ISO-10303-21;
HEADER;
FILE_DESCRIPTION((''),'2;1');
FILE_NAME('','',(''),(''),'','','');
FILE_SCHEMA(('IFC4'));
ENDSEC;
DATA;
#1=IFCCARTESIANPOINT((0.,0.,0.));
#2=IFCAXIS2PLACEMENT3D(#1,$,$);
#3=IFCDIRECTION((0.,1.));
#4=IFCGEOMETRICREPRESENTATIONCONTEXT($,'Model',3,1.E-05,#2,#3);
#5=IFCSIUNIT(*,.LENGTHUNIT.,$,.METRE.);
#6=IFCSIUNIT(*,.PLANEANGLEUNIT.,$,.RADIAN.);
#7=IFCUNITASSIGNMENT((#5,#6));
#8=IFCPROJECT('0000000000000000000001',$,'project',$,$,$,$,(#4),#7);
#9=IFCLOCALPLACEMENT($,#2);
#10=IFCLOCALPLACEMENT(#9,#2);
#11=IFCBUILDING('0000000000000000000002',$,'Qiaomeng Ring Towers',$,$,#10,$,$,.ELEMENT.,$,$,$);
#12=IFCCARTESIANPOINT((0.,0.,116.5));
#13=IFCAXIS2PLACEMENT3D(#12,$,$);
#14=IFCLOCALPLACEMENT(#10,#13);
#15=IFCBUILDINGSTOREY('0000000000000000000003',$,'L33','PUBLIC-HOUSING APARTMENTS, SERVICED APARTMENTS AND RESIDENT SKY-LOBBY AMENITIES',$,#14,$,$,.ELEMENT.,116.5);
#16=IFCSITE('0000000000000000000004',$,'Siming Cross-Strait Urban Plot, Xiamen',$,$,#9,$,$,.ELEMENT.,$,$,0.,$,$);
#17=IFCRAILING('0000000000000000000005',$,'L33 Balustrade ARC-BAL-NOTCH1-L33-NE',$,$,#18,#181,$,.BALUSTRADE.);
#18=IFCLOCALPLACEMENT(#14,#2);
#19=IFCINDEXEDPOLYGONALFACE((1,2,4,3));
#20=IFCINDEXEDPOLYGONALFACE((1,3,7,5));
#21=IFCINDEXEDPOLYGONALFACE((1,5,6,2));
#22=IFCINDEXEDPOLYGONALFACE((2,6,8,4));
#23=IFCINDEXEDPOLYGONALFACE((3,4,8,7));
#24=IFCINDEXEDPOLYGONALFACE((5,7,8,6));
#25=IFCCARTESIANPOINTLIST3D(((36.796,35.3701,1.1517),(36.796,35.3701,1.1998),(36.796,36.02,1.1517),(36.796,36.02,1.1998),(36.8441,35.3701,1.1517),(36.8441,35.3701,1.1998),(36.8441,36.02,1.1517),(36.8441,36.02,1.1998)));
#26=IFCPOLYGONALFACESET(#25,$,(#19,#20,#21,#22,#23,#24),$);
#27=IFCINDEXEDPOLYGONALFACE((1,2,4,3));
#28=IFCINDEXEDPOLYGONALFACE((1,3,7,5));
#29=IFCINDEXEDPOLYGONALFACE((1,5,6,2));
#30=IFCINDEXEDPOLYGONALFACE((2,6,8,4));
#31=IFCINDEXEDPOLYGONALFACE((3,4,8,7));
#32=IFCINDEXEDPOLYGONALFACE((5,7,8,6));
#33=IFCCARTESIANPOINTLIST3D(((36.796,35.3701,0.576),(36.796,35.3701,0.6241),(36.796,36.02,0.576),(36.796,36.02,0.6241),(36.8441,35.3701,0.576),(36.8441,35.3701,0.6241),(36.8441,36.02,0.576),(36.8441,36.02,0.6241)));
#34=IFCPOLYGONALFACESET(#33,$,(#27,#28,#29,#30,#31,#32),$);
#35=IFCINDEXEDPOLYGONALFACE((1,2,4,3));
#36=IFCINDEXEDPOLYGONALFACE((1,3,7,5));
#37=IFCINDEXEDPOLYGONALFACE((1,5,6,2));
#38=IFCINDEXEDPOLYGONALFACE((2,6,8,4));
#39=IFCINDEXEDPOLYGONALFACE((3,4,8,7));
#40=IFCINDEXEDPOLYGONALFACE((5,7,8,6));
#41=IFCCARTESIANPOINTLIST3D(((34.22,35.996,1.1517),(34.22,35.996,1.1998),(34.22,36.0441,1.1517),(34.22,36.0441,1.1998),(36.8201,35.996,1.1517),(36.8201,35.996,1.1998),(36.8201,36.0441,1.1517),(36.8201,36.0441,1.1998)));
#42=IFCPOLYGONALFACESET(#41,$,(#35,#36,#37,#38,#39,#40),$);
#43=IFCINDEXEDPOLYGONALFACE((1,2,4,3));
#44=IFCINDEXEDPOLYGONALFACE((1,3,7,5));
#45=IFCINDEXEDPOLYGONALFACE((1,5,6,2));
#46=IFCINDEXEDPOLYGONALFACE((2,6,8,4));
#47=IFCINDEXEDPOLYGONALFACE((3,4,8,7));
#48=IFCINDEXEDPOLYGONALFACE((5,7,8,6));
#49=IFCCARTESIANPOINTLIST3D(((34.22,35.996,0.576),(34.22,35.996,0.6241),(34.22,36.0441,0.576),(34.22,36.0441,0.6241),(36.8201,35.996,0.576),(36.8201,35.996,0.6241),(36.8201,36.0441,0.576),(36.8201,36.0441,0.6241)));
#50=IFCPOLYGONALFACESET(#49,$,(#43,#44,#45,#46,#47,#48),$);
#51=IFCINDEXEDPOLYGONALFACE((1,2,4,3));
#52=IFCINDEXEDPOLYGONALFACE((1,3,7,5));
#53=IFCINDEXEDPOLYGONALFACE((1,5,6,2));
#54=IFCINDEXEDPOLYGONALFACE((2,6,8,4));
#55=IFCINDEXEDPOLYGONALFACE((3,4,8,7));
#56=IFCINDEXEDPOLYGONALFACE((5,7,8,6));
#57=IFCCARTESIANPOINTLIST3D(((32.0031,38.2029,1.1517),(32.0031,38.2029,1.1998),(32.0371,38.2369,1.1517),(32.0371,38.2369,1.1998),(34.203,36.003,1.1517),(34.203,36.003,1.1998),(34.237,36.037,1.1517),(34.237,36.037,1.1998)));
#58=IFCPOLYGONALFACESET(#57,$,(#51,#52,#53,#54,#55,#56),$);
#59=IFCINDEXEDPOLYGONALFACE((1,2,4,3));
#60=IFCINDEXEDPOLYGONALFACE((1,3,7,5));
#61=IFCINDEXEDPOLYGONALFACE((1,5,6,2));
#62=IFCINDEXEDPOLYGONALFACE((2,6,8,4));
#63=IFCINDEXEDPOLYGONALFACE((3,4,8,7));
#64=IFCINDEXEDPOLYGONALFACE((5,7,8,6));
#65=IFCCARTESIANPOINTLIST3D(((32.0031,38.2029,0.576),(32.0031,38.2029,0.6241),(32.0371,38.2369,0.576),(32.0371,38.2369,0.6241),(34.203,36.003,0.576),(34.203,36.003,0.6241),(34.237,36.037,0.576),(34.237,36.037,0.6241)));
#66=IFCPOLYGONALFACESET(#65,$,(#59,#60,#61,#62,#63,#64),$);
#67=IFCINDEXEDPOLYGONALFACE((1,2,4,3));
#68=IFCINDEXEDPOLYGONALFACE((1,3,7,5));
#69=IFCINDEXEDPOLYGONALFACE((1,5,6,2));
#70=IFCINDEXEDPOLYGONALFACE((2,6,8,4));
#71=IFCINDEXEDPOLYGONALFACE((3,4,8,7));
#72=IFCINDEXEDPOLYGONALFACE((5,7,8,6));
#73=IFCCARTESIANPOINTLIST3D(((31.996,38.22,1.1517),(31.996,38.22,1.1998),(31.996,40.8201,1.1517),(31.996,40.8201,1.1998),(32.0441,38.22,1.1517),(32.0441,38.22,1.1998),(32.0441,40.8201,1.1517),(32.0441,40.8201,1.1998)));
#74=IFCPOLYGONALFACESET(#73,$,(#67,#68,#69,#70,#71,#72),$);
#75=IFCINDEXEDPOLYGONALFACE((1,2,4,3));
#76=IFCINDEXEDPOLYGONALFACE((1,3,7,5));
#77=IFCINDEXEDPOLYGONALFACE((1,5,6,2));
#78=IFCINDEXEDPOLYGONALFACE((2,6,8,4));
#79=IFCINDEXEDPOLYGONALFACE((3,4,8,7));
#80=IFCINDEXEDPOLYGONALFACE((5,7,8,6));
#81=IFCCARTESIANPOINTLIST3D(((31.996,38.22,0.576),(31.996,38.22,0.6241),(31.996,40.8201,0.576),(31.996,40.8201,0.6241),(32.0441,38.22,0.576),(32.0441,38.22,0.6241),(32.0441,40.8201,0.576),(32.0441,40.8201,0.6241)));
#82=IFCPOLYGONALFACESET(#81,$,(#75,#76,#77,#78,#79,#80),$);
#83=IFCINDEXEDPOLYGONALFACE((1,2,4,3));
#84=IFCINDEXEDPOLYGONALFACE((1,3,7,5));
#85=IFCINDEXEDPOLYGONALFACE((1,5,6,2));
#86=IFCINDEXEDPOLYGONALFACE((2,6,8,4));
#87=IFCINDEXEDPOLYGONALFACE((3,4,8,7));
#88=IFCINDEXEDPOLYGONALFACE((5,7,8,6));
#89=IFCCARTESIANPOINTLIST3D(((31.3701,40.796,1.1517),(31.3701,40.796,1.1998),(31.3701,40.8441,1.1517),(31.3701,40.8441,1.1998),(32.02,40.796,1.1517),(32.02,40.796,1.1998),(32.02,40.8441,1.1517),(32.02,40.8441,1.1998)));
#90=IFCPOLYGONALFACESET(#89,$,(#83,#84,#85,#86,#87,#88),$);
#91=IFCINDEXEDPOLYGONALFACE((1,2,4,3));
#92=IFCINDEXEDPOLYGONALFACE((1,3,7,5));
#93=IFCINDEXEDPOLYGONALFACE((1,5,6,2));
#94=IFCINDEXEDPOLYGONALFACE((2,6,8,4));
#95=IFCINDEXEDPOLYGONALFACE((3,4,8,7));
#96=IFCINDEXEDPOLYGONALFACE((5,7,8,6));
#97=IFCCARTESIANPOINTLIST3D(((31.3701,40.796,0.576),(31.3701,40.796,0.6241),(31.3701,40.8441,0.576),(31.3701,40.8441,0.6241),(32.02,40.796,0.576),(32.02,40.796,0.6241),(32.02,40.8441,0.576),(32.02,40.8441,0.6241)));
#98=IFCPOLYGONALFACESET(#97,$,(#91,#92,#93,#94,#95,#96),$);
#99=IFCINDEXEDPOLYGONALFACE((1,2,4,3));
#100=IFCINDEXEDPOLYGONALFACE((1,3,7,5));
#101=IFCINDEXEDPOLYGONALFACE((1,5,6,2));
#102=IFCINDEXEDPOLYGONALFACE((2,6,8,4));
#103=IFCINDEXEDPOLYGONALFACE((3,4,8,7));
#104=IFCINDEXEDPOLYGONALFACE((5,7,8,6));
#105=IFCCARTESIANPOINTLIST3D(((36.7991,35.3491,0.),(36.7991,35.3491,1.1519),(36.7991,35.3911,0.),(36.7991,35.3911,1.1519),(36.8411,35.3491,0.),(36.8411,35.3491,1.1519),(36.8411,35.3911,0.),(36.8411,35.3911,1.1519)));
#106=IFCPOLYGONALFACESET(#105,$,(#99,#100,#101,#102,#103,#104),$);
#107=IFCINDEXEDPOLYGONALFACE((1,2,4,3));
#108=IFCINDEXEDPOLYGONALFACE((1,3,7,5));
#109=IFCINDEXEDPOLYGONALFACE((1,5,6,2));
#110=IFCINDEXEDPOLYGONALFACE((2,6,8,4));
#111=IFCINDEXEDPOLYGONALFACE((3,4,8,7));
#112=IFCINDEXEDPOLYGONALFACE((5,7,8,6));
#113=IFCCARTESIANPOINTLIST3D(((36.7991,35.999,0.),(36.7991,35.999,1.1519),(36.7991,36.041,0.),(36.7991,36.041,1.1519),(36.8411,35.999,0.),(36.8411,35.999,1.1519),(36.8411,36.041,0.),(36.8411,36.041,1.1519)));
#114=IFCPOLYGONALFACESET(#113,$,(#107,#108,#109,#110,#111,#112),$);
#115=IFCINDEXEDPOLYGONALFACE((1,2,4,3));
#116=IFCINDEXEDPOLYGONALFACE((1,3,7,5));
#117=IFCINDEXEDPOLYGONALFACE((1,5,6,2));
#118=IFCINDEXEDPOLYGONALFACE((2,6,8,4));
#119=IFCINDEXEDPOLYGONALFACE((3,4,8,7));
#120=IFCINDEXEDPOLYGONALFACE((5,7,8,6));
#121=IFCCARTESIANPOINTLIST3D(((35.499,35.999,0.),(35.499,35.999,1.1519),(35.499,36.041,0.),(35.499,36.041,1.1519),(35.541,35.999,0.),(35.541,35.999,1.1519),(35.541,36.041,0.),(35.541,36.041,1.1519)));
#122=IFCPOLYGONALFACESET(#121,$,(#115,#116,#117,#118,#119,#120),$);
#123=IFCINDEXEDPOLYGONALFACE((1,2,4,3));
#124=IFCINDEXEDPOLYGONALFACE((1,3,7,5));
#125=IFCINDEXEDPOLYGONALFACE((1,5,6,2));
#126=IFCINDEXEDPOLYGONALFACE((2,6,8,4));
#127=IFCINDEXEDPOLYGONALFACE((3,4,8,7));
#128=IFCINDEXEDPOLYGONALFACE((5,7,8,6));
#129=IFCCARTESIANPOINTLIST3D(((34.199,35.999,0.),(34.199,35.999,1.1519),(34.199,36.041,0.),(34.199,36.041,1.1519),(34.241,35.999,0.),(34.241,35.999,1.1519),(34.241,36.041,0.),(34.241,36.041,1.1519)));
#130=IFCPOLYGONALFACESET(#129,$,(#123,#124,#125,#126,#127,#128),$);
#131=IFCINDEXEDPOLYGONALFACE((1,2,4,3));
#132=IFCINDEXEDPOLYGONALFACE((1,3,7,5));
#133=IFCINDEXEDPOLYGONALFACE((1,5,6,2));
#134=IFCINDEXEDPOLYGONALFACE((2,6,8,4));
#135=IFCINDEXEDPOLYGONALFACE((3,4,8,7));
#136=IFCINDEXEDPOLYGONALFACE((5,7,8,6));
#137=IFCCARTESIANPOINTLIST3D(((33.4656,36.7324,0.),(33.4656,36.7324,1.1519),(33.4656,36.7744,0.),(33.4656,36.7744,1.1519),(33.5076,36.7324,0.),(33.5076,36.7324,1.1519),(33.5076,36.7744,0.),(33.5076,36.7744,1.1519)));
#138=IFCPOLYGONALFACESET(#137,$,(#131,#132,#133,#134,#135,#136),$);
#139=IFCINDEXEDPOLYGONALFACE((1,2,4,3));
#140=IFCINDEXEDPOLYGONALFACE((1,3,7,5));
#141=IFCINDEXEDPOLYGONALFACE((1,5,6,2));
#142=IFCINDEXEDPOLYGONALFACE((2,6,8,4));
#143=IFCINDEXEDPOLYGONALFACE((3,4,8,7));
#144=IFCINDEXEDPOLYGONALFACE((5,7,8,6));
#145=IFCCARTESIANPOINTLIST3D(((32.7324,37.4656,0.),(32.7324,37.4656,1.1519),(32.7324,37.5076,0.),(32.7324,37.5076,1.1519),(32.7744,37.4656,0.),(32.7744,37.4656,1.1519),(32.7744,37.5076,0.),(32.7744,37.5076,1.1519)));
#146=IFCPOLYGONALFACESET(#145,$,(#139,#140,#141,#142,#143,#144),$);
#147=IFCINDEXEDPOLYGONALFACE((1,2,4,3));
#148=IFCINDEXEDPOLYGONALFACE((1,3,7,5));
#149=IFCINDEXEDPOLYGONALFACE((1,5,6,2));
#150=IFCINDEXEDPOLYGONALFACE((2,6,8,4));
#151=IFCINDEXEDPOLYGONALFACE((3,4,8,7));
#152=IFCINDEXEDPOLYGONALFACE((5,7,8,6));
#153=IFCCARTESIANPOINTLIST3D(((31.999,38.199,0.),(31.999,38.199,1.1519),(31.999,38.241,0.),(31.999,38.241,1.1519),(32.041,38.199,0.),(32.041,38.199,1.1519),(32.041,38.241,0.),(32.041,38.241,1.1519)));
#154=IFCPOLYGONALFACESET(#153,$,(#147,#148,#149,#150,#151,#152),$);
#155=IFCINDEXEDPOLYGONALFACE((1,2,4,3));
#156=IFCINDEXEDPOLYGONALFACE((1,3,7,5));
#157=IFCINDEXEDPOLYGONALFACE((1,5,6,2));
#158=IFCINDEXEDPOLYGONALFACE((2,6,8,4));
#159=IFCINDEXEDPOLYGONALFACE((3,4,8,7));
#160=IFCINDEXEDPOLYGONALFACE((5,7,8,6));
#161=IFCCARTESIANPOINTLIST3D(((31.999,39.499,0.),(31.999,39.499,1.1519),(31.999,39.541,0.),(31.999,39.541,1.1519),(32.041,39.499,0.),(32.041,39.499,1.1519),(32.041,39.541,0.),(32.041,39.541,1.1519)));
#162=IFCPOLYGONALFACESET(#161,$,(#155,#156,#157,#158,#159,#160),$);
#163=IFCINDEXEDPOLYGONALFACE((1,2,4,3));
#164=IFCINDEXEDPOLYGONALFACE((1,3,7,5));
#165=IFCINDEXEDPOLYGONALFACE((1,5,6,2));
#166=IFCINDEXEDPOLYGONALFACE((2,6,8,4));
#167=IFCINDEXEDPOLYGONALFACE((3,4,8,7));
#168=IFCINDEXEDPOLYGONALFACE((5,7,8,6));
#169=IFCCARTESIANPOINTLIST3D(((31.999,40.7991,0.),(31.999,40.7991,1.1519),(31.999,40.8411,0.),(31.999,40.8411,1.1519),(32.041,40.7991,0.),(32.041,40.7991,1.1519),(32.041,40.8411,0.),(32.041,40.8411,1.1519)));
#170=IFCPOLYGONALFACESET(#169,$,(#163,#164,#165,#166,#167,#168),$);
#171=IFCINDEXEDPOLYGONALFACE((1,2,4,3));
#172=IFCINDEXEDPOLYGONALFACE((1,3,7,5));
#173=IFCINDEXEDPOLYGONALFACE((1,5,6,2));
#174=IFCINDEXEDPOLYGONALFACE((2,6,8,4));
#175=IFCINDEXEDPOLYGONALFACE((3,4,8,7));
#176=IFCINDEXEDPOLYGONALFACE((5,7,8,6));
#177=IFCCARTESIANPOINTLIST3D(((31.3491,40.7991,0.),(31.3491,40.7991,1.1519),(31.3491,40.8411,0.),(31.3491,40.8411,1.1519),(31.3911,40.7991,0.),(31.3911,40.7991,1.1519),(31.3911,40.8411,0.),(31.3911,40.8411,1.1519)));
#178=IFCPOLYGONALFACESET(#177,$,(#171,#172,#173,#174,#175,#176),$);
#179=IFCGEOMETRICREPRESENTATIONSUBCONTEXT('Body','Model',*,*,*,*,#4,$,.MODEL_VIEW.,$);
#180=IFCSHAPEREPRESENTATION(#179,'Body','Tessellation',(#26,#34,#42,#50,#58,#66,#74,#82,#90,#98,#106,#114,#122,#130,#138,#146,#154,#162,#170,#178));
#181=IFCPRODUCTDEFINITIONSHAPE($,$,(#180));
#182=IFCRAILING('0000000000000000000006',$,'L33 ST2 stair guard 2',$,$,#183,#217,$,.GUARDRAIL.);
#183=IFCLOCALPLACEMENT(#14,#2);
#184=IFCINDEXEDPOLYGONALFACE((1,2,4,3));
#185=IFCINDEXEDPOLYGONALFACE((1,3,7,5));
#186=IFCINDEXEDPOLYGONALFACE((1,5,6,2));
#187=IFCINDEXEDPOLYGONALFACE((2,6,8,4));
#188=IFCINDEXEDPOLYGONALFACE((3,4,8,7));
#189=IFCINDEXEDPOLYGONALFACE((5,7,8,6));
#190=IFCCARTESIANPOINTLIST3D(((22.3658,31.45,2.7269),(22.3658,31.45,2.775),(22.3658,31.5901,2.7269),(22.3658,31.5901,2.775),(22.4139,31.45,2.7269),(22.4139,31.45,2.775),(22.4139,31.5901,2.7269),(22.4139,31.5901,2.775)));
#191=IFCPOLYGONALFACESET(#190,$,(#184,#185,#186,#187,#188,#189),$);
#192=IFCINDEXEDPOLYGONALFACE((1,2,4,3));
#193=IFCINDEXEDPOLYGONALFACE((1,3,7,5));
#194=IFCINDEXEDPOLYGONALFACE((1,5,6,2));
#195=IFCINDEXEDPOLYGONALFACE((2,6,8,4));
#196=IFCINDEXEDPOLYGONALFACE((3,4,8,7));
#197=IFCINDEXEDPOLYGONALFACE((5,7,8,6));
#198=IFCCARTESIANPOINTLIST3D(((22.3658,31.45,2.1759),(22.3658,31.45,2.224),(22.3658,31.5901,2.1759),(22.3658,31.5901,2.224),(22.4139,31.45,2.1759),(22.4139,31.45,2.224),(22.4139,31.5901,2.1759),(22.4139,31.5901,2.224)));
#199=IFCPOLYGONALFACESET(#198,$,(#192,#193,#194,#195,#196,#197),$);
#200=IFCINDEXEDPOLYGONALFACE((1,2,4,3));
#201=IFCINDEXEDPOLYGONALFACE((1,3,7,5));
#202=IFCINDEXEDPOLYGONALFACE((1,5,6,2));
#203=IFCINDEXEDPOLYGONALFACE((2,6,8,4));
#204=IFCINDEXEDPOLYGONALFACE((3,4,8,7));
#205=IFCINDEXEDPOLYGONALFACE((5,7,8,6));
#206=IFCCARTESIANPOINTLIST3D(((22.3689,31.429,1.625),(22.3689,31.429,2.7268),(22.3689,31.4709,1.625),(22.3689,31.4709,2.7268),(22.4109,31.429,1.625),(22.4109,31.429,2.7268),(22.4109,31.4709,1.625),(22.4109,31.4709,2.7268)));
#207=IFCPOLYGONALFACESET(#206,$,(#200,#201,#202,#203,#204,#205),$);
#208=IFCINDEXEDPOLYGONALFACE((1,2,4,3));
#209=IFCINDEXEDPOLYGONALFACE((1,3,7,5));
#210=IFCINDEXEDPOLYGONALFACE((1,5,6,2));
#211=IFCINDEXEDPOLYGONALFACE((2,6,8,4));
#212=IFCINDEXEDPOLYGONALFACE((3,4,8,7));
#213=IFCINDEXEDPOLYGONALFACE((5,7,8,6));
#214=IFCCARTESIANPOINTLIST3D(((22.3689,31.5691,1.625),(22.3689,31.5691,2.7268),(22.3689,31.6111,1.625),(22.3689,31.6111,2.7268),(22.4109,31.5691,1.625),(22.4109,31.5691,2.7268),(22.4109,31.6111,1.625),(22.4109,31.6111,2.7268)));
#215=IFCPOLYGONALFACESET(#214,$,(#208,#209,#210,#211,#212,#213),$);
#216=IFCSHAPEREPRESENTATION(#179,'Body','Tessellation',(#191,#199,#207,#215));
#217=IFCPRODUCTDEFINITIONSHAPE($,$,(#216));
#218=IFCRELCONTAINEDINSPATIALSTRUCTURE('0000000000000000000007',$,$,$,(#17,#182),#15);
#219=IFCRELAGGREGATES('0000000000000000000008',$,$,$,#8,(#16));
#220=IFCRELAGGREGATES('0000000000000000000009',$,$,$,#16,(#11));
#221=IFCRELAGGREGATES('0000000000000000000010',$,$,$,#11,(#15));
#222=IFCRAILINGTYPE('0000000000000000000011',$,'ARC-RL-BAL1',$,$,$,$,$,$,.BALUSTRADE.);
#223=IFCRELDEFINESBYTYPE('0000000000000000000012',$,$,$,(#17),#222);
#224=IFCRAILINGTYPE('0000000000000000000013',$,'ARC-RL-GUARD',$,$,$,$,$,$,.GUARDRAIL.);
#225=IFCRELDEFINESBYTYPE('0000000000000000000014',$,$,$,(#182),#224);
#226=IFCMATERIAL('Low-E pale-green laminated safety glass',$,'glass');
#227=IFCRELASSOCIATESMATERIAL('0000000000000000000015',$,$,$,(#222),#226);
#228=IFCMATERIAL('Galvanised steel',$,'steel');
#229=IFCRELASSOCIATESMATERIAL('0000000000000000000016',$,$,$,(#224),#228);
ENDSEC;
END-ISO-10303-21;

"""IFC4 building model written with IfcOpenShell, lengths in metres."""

from ifc_helpers import new_model, si_unit, direction, frame, origin, origin_2d, place, context, subcontext, project, spatial, rectangle, extrude, material, type_object, element, save


model = new_model("IFC4")

# Units and contexts
model_context = context("Model", 3, precision=1e-05, world=origin(), true_north=direction((0.0, 1.0)))
body_context = subcontext(model_context, "Body", "Model", "MODEL_VIEW")
ifc_project = project(units=[si_unit("LENGTHUNIT", "METRE"), si_unit("PLANEANGLEUNIT", "RADIAN")], contexts=[model_context])

# Site, building, storey
site_placement = place(None, origin())
site = spatial("IfcSite", under=ifc_project, at=site_placement, Name="Siming Cross-Strait Urban Plot, Xiamen", CompositionType="ELEMENT", RefElevation=0.0)
building_placement = place(site_placement, origin())
building = spatial("IfcBuilding", under=site, at=building_placement, Name="Qiaomeng Ring Towers", CompositionType="ELEMENT")
storey_placement = place(building_placement, frame((0.0, 0.0, 116.5)))
storey = spatial("IfcBuildingStorey", under=building, at=storey_placement, Name="L33", Description="PUBLIC-HOUSING APARTMENTS, SERVICED APARTMENTS AND RESIDENT SKY-LOBBY AMENITIES", CompositionType="ELEMENT", Elevation=116.5)

# Railings
ifc_material_1 = material(Name="Low-E pale-green laminated safety glass", Category="glass")
railing_type_1 = type_object("IfcRailingType", Name="ARC-RL-BAL1", PredefinedType="BALUSTRADE", material=ifc_material_1)
railing_1_placement = place(storey_placement, frame((36.8201, 35.3701, 0.0)))
element("IfcRailing", 1, at=railing_1_placement, inside=storey, type_object=railing_type_1, Name="L33 Balustrade ARC-BAL-NOTCH1-L33-NE", PredefinedType="BALUSTRADE", context=body_context, shape_type="SweptSolid", body=[
    extrude(rectangle(XDim=0.0481, YDim=0.0481, at=origin_2d()), frame((0.0, 0.0, 1.1758), z_axis=(0.0, 1.0, 0.0), x_axis=(-1.0, 0.0, 0.0)), (0.0, 0.0, 1.0), 0.6499),
    extrude(rectangle(XDim=0.0481, YDim=0.0481, at=origin_2d()), frame((0.0, 0.0, 0.6001), z_axis=(0.0, 1.0, 0.0), x_axis=(-1.0, 0.0, 0.0)), (0.0, 0.0, 1.0), 0.6499),
    extrude(rectangle(XDim=0.0481, YDim=0.0481, at=origin_2d()), frame((0.0, 0.6499, 1.1758), z_axis=(-1.0, 0.0, 0.0), x_axis=(0.0, -1.0, 0.0)), (0.0, 0.0, 1.0), 2.6001),
    extrude(rectangle(XDim=0.0481, YDim=0.0481, at=origin_2d()), frame((0.0, 0.6499, 0.6001), z_axis=(-1.0, 0.0, 0.0), x_axis=(0.0, -1.0, 0.0)), (0.0, 0.0, 1.0), 2.6001),
    extrude(rectangle(XDim=0.0481, YDim=0.0481, at=origin_2d()), frame((-2.6001, 0.6499, 1.1758), z_axis=(-0.707107, 0.707107, 0.0), x_axis=(-0.707107, -0.707107, 0.0)), (0.0, 0.0, 1.0), 3.1111),
    extrude(rectangle(XDim=0.0481, YDim=0.0481, at=origin_2d()), frame((-2.6001, 0.6499, 0.6001), z_axis=(-0.707107, 0.707107, 0.0), x_axis=(-0.707107, -0.707107, 0.0)), (0.0, 0.0, 1.0), 3.1111),
    extrude(rectangle(XDim=0.0481, YDim=0.0481, at=origin_2d()), frame((-4.8, 2.8499, 1.1758), z_axis=(0.0, 1.0, 0.0), x_axis=(-1.0, 0.0, 0.0)), (0.0, 0.0, 1.0), 2.6001),
    extrude(rectangle(XDim=0.0481, YDim=0.0481, at=origin_2d()), frame((-4.8, 2.8499, 0.6001), z_axis=(0.0, 1.0, 0.0), x_axis=(-1.0, 0.0, 0.0)), (0.0, 0.0, 1.0), 2.6001),
    extrude(rectangle(XDim=0.0481, YDim=0.0481, at=origin_2d()), frame((-4.8, 5.45, 1.1758), z_axis=(-1.0, 0.0, 0.0), x_axis=(0.0, -1.0, 0.0)), (0.0, 0.0, 1.0), 0.6499),
    extrude(rectangle(XDim=0.0481, YDim=0.0481, at=origin_2d()), frame((-4.8, 5.45, 0.6001), z_axis=(-1.0, 0.0, 0.0), x_axis=(0.0, -1.0, 0.0)), (0.0, 0.0, 1.0), 0.6499),
    extrude(rectangle(XDim=0.042, YDim=0.042, at=origin_2d()), origin(), (0.0, 0.0, 1.0), 1.1519),
    extrude(rectangle(XDim=0.042, YDim=0.042, at=origin_2d()), frame((0.0, 0.6499, 0.0)), (0.0, 0.0, 1.0), 1.1519),
    extrude(rectangle(XDim=0.042, YDim=0.042, at=origin_2d()), frame((-1.3, 0.6499, 0.0)), (0.0, 0.0, 1.0), 1.1519),
    extrude(rectangle(XDim=0.042, YDim=0.042, at=origin_2d()), frame((-2.6001, 0.6499, 0.0)), (0.0, 0.0, 1.0), 1.1519),
    extrude(rectangle(XDim=0.042, YDim=0.042, at=origin_2d()), frame((-3.3335, 1.3833, 0.0)), (0.0, 0.0, 1.0), 1.1519),
    extrude(rectangle(XDim=0.042, YDim=0.042, at=origin_2d()), frame((-4.0667, 2.1165, 0.0)), (0.0, 0.0, 1.0), 1.1519),
    extrude(rectangle(XDim=0.042, YDim=0.042, at=origin_2d()), frame((-4.8, 2.8499, 0.0)), (0.0, 0.0, 1.0), 1.1519),
    extrude(rectangle(XDim=0.042, YDim=0.042, at=origin_2d()), frame((-4.8, 4.1499, 0.0)), (0.0, 0.0, 1.0), 1.1519),
    extrude(rectangle(XDim=0.042, YDim=0.042, at=origin_2d()), frame((-4.8, 5.45, 0.0)), (0.0, 0.0, 1.0), 1.1519),
    extrude(rectangle(XDim=0.042, YDim=0.042, at=origin_2d()), frame((-5.45, 5.45, 0.0)), (0.0, 0.0, 1.0), 1.1519),
])
ifc_material_2 = material(Name="Galvanised steel", Category="steel")
railing_type_2 = type_object("IfcRailingType", Name="ARC-RL-GUARD", PredefinedType="GUARDRAIL", material=ifc_material_2)
railing_2_placement = place(storey_placement, frame((22.3899, 31.45, 1.625)))
element("IfcRailing", 2, at=railing_2_placement, inside=storey, type_object=railing_type_2, Name="L33 ST2 stair guard 2", PredefinedType="GUARDRAIL", context=body_context, shape_type="SweptSolid", body=[
    extrude(rectangle(XDim=0.0481, YDim=0.0481, at=origin_2d()), frame((0.0, 0.0, 1.126), z_axis=(0.0, 1.0, 0.0), x_axis=(-1.0, 0.0, 0.0)), (0.0, 0.0, 1.0), 0.1401),
    extrude(rectangle(XDim=0.0481, YDim=0.0481, at=origin_2d()), frame((0.0, 0.0, 0.575), z_axis=(0.0, 1.0, 0.0), x_axis=(-1.0, 0.0, 0.0)), (0.0, 0.0, 1.0), 0.1401),
    extrude(rectangle(XDim=0.042, YDim=0.042, at=origin_2d()), origin(), (0.0, 0.0, 1.0), 1.1018),
    extrude(rectangle(XDim=0.042, YDim=0.042, at=origin_2d()), frame((0.0, 0.1401, 0.0)), (0.0, 0.0, 1.0), 1.1018),
])

save(model, "model.ifc")
